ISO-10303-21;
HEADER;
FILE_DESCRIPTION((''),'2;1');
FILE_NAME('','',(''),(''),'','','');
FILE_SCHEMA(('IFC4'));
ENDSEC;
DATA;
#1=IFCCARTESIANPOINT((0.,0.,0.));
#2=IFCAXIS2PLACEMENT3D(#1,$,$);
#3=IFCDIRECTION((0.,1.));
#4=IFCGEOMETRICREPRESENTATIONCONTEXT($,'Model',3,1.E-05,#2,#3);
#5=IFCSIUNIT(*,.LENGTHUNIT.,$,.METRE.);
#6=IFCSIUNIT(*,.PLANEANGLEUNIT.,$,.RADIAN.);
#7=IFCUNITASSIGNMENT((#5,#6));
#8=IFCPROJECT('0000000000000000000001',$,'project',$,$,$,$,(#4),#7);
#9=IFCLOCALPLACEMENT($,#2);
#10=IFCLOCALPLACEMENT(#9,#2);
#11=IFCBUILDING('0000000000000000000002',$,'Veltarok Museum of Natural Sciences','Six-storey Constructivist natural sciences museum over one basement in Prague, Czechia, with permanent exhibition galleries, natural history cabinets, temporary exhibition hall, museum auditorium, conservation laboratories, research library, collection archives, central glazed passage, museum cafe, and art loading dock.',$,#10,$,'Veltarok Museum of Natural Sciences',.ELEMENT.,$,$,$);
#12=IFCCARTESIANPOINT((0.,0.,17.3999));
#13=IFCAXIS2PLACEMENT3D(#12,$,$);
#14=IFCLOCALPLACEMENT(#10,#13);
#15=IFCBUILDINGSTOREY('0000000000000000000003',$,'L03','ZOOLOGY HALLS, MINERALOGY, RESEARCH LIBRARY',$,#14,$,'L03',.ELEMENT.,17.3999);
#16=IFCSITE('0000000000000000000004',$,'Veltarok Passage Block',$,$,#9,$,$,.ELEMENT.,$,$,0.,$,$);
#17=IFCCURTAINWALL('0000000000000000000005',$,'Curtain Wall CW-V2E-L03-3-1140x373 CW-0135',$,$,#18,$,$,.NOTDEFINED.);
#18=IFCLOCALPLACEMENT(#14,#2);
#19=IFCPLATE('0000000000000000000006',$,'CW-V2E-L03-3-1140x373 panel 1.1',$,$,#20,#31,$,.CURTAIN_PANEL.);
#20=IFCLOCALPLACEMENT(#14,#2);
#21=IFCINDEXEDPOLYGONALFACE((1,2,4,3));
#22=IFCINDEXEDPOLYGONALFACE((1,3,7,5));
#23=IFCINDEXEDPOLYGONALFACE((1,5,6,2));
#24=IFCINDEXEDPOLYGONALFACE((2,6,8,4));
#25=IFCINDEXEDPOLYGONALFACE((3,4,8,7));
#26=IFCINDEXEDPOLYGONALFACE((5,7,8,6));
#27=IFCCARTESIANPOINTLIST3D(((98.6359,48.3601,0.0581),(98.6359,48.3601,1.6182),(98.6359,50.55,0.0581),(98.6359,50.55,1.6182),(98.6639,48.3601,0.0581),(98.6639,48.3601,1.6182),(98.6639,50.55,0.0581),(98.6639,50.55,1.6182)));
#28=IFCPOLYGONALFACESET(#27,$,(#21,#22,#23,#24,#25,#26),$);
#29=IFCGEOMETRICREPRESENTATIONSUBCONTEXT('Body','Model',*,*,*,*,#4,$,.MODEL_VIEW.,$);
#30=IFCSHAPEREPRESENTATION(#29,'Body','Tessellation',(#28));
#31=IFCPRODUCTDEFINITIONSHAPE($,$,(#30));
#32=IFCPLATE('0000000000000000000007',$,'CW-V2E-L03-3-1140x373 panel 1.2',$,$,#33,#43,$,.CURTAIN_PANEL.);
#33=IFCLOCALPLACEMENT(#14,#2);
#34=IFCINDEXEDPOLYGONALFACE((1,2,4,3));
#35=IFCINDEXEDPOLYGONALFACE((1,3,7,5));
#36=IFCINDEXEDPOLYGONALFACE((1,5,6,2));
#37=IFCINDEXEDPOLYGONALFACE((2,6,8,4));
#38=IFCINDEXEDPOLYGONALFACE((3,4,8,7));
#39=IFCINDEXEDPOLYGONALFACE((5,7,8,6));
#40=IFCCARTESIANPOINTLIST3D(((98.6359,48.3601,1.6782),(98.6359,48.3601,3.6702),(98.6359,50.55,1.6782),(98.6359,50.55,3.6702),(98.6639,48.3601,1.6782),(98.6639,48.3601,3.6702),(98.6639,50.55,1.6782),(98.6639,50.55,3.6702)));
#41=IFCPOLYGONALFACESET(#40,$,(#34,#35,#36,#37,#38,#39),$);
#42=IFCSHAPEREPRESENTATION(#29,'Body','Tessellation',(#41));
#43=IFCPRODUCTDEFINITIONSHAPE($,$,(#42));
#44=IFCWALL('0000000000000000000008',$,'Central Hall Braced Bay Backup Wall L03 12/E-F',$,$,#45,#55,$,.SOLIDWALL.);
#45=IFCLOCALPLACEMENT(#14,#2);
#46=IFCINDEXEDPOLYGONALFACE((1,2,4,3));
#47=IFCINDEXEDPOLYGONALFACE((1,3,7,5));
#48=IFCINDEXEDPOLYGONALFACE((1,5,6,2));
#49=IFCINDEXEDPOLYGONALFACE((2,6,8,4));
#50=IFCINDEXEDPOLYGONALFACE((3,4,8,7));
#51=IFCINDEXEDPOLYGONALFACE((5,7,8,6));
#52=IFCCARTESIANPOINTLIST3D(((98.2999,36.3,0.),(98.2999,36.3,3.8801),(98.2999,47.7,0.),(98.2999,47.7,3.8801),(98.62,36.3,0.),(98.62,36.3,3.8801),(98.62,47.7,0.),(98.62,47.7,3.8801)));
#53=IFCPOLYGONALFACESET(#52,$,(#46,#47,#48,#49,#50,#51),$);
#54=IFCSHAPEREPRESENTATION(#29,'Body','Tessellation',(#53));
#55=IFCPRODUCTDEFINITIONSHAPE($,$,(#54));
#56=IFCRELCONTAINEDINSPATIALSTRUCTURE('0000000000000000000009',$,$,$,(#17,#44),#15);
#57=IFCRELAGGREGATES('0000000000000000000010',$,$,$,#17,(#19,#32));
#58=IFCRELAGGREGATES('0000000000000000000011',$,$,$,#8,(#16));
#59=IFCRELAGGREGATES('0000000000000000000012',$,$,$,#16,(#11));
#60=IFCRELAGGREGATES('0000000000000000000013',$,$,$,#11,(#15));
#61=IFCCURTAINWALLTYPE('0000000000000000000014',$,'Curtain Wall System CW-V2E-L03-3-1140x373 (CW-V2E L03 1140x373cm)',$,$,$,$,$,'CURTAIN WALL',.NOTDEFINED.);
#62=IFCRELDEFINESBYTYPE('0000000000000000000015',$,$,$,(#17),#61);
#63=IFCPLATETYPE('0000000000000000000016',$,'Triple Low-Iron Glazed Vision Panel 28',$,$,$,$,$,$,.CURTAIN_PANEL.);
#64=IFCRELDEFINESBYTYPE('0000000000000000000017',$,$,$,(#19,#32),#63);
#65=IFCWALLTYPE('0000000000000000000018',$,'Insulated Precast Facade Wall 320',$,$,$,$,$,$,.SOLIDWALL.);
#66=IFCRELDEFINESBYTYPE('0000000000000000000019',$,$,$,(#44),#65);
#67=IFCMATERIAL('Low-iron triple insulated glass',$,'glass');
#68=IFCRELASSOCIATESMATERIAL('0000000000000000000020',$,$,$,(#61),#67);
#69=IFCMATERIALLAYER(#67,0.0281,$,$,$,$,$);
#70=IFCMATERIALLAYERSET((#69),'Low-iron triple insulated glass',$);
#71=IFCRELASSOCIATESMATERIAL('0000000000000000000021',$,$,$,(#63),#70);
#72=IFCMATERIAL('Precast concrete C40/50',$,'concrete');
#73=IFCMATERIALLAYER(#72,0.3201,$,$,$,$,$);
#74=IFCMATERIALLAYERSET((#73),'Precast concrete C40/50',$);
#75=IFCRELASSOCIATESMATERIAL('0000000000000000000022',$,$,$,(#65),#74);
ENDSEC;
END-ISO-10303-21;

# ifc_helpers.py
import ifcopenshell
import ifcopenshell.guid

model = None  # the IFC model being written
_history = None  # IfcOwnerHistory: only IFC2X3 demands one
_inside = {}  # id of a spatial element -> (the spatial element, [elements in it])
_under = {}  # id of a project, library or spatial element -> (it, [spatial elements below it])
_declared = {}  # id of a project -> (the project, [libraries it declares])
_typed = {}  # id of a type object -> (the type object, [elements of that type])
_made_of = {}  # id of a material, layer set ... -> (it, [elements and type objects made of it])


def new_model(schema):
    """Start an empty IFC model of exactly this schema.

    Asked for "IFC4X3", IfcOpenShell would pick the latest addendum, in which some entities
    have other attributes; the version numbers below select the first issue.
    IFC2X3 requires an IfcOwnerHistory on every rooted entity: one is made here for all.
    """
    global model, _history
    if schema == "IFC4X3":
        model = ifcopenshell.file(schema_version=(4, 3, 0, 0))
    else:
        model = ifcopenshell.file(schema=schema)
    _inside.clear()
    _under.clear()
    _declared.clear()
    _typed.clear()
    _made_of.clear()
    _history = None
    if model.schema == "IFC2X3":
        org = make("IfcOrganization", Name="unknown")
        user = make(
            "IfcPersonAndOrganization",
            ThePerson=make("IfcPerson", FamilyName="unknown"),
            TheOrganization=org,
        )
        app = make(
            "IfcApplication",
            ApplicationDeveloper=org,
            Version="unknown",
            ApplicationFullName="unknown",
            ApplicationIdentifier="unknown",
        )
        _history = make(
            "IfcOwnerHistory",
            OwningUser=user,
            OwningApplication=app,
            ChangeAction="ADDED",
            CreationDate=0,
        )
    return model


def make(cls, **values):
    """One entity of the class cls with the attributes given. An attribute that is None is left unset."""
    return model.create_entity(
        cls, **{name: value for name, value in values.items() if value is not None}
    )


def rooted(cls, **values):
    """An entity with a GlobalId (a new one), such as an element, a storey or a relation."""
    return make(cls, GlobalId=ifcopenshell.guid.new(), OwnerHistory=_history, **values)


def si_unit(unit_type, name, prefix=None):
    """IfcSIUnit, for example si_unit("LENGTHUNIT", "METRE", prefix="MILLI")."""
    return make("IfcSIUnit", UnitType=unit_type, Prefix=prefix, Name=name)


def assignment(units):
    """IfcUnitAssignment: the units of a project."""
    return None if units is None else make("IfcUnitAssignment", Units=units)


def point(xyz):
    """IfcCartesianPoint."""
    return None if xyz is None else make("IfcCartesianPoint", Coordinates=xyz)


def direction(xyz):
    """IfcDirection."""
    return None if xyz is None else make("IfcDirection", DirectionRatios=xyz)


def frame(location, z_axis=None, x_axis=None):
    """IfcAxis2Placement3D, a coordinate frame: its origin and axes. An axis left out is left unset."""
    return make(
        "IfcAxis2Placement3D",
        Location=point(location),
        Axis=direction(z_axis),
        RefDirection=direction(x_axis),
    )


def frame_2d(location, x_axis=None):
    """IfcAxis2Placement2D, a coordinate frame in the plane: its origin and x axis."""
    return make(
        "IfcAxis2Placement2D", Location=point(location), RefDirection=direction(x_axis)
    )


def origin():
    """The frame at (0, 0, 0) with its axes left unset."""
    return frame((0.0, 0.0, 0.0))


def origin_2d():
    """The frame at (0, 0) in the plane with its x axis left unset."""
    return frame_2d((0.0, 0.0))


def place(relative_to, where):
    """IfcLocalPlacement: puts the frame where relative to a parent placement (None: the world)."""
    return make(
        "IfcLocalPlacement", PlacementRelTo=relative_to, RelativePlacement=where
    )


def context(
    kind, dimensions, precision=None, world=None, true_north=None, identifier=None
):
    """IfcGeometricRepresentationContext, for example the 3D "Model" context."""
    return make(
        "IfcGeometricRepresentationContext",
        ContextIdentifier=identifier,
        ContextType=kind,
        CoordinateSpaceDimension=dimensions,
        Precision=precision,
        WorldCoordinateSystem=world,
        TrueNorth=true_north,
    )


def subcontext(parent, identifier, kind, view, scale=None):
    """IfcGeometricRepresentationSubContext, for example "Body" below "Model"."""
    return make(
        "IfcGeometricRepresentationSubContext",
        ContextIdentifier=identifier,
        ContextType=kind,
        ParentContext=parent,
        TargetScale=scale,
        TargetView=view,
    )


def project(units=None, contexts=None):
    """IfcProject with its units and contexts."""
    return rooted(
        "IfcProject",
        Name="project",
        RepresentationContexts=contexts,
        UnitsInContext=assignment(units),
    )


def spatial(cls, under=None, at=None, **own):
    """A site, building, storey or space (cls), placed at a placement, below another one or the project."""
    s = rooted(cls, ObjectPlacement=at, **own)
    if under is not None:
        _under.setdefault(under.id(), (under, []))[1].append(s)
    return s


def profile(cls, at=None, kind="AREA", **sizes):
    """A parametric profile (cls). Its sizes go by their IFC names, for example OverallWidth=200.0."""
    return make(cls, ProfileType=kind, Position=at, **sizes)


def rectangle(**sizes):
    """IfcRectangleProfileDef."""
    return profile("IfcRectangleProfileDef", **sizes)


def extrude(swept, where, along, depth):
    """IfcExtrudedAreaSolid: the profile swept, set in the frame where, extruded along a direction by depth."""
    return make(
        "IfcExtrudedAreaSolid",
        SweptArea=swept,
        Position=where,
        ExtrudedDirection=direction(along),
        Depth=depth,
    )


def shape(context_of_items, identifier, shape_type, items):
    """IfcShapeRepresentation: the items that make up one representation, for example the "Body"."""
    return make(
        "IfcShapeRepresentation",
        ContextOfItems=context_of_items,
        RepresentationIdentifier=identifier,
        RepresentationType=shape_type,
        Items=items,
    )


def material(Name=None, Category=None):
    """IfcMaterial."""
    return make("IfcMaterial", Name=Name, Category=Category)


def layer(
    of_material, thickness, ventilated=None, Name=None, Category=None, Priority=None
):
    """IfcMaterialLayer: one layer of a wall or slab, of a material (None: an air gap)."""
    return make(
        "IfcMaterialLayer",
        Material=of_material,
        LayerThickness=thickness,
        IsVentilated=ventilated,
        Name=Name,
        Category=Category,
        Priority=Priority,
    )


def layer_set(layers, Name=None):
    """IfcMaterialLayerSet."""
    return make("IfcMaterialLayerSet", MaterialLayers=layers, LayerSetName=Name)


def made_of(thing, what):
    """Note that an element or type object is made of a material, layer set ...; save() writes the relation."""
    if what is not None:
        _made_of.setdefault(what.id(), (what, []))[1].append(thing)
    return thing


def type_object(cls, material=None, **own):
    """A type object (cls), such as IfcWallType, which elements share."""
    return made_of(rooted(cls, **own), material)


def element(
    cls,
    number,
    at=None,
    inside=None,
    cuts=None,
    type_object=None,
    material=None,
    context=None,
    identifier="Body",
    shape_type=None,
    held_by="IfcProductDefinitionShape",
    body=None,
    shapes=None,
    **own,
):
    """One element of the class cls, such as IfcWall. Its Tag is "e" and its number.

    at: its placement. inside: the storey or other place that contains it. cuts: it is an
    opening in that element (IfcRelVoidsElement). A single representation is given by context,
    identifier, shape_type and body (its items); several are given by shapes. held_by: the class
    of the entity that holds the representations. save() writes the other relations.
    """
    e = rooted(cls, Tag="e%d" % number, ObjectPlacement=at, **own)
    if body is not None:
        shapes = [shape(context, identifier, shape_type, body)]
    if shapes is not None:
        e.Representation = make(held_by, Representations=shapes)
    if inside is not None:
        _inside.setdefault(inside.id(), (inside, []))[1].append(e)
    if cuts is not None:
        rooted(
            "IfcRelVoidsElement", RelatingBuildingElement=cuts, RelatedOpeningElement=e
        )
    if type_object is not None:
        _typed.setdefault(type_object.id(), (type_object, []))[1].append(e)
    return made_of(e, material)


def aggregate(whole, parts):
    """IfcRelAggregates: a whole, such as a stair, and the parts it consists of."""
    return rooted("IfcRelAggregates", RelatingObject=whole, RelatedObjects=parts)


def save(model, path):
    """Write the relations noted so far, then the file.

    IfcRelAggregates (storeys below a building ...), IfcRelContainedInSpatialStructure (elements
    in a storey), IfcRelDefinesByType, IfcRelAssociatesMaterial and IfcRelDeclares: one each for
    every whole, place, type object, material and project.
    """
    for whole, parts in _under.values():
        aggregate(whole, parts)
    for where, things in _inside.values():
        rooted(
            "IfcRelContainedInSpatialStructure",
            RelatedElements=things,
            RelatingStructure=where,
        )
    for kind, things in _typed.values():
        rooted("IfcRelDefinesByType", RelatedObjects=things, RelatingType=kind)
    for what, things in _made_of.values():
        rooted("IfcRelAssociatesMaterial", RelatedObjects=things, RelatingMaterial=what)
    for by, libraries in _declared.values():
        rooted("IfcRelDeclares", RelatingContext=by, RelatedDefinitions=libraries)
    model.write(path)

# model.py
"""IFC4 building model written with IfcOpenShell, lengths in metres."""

from ifc_helpers import new_model, si_unit, direction, frame, frame_2d, origin, origin_2d, place, context, subcontext, project, spatial, rectangle, extrude, material, layer, layer_set, type_object, element, aggregate, save


model = new_model("IFC4")

# Units and contexts
model_context = context("Model", 3, precision=1e-05, world=origin(), true_north=direction((0.0, 1.0)))
body_context = subcontext(model_context, "Body", "Model", "MODEL_VIEW")
ifc_project = project(units=[si_unit("LENGTHUNIT", "METRE"), si_unit("PLANEANGLEUNIT", "RADIAN")], contexts=[model_context])

# Site, building, storey
site_placement = place(None, origin())
site = spatial("IfcSite", under=ifc_project, at=site_placement, Name="Veltarok Passage Block", CompositionType="ELEMENT", RefElevation=0.0)
building_placement = place(site_placement, origin())
building = spatial("IfcBuilding", under=site, at=building_placement, Name="Veltarok Museum of Natural Sciences", Description="Six-storey Constructivist natural sciences museum over one basement in Prague, Czechia, with permanent exhibition galleries, natural history cabinets, temporary exhibition hall, museum auditorium, conservation laboratories, research library, collection archives, central glazed passage, museum cafe, and art loading dock.", LongName="Veltarok Museum of Natural Sciences", CompositionType="ELEMENT")
storey_placement = place(building_placement, frame((0.0, 0.0, 17.3999)))
storey = spatial("IfcBuildingStorey", under=building, at=storey_placement, Name="L03", Description="ZOOLOGY HALLS, MINERALOGY, RESEARCH LIBRARY", LongName="L03", CompositionType="ELEMENT", Elevation=17.3999)

# Curtain wall
ifc_material_1 = material(Name="Low-iron triple insulated glass", Category="glass")
curtain_wall_type = type_object("IfcCurtainWallType", Name="Curtain Wall System CW-V2E-L03-3-1140x373 (CW-V2E L03 1140x373cm)", ElementType="CURTAIN WALL", PredefinedType="NOTDEFINED", material=ifc_material_1)
curtain_wall_placement = place(storey_placement, origin())
curtain_wall = element("IfcCurtainWall", 1, at=curtain_wall_placement, inside=storey, type_object=curtain_wall_type, Name="Curtain Wall CW-V2E-L03-3-1140x373 CW-0135", PredefinedType="NOTDEFINED")

# Plates
ifc_layer_1 = layer(ifc_material_1, 0.0281)
ifc_layer_set_1 = layer_set([ifc_layer_1], Name="Low-iron triple insulated glass")
plate_type = type_object("IfcPlateType", Name="Triple Low-Iron Glazed Vision Panel 28", PredefinedType="CURTAIN_PANEL", material=ifc_layer_set_1)
plate_1_placement = place(storey_placement, frame((98.6499, 49.4551, 0.0581), z_axis=(0.0, 0.0, 1.0), x_axis=(0.0, 1.0, 0.0)))
plate_1 = element("IfcPlate", 2, at=plate_1_placement, type_object=plate_type, Name="CW-V2E-L03-3-1140x373 panel 1.1", PredefinedType="CURTAIN_PANEL", context=body_context, shape_type="SweptSolid", body=[
    extrude(rectangle(XDim=2.1899, YDim=0.0281, at=origin_2d()), origin(), (0.0, 0.0, 1.0), 1.5601),
])
plate_2_placement = place(storey_placement, frame((98.6499, 49.4551, 1.6782), z_axis=(0.0, 0.0, 1.0), x_axis=(0.0, 1.0, 0.0)))
plate_2 = element("IfcPlate", 3, at=plate_2_placement, type_object=plate_type, Name="CW-V2E-L03-3-1140x373 panel 1.2", PredefinedType="CURTAIN_PANEL", context=body_context, shape_type="SweptSolid", body=[
    extrude(rectangle(XDim=2.1899, YDim=0.0281, at=origin_2d()), origin(), (0.0, 0.0, 1.0), 1.9919),
])
aggregate(curtain_wall, [plate_1, plate_2])

# Wall
ifc_material_2 = material(Name="Precast concrete C40/50", Category="concrete")
ifc_layer_2 = layer(ifc_material_2, 0.3201)
ifc_layer_set_2 = layer_set([ifc_layer_2], Name="Precast concrete C40/50")
wall_type = type_object("IfcWallType", Name="Insulated Precast Facade Wall 320", PredefinedType="SOLIDWALL", material=ifc_layer_set_2)
wall_placement = place(storey_placement, frame((98.46, 36.3, 0.0), z_axis=(0.0, 0.0, 1.0), x_axis=(0.0, 1.0, 0.0)))
element("IfcWall", 4, at=wall_placement, inside=storey, type_object=wall_type, Name="Central Hall Braced Bay Backup Wall L03 12/E-F", PredefinedType="SOLIDWALL", context=body_context, shape_type="SweptSolid", body=[
    extrude(rectangle(XDim=11.3999, YDim=0.3201, at=frame_2d((5.7, 0.0))), origin(), (0.0, 0.0, 1.0), 3.8801),
])

save(model, "model.ifc")
